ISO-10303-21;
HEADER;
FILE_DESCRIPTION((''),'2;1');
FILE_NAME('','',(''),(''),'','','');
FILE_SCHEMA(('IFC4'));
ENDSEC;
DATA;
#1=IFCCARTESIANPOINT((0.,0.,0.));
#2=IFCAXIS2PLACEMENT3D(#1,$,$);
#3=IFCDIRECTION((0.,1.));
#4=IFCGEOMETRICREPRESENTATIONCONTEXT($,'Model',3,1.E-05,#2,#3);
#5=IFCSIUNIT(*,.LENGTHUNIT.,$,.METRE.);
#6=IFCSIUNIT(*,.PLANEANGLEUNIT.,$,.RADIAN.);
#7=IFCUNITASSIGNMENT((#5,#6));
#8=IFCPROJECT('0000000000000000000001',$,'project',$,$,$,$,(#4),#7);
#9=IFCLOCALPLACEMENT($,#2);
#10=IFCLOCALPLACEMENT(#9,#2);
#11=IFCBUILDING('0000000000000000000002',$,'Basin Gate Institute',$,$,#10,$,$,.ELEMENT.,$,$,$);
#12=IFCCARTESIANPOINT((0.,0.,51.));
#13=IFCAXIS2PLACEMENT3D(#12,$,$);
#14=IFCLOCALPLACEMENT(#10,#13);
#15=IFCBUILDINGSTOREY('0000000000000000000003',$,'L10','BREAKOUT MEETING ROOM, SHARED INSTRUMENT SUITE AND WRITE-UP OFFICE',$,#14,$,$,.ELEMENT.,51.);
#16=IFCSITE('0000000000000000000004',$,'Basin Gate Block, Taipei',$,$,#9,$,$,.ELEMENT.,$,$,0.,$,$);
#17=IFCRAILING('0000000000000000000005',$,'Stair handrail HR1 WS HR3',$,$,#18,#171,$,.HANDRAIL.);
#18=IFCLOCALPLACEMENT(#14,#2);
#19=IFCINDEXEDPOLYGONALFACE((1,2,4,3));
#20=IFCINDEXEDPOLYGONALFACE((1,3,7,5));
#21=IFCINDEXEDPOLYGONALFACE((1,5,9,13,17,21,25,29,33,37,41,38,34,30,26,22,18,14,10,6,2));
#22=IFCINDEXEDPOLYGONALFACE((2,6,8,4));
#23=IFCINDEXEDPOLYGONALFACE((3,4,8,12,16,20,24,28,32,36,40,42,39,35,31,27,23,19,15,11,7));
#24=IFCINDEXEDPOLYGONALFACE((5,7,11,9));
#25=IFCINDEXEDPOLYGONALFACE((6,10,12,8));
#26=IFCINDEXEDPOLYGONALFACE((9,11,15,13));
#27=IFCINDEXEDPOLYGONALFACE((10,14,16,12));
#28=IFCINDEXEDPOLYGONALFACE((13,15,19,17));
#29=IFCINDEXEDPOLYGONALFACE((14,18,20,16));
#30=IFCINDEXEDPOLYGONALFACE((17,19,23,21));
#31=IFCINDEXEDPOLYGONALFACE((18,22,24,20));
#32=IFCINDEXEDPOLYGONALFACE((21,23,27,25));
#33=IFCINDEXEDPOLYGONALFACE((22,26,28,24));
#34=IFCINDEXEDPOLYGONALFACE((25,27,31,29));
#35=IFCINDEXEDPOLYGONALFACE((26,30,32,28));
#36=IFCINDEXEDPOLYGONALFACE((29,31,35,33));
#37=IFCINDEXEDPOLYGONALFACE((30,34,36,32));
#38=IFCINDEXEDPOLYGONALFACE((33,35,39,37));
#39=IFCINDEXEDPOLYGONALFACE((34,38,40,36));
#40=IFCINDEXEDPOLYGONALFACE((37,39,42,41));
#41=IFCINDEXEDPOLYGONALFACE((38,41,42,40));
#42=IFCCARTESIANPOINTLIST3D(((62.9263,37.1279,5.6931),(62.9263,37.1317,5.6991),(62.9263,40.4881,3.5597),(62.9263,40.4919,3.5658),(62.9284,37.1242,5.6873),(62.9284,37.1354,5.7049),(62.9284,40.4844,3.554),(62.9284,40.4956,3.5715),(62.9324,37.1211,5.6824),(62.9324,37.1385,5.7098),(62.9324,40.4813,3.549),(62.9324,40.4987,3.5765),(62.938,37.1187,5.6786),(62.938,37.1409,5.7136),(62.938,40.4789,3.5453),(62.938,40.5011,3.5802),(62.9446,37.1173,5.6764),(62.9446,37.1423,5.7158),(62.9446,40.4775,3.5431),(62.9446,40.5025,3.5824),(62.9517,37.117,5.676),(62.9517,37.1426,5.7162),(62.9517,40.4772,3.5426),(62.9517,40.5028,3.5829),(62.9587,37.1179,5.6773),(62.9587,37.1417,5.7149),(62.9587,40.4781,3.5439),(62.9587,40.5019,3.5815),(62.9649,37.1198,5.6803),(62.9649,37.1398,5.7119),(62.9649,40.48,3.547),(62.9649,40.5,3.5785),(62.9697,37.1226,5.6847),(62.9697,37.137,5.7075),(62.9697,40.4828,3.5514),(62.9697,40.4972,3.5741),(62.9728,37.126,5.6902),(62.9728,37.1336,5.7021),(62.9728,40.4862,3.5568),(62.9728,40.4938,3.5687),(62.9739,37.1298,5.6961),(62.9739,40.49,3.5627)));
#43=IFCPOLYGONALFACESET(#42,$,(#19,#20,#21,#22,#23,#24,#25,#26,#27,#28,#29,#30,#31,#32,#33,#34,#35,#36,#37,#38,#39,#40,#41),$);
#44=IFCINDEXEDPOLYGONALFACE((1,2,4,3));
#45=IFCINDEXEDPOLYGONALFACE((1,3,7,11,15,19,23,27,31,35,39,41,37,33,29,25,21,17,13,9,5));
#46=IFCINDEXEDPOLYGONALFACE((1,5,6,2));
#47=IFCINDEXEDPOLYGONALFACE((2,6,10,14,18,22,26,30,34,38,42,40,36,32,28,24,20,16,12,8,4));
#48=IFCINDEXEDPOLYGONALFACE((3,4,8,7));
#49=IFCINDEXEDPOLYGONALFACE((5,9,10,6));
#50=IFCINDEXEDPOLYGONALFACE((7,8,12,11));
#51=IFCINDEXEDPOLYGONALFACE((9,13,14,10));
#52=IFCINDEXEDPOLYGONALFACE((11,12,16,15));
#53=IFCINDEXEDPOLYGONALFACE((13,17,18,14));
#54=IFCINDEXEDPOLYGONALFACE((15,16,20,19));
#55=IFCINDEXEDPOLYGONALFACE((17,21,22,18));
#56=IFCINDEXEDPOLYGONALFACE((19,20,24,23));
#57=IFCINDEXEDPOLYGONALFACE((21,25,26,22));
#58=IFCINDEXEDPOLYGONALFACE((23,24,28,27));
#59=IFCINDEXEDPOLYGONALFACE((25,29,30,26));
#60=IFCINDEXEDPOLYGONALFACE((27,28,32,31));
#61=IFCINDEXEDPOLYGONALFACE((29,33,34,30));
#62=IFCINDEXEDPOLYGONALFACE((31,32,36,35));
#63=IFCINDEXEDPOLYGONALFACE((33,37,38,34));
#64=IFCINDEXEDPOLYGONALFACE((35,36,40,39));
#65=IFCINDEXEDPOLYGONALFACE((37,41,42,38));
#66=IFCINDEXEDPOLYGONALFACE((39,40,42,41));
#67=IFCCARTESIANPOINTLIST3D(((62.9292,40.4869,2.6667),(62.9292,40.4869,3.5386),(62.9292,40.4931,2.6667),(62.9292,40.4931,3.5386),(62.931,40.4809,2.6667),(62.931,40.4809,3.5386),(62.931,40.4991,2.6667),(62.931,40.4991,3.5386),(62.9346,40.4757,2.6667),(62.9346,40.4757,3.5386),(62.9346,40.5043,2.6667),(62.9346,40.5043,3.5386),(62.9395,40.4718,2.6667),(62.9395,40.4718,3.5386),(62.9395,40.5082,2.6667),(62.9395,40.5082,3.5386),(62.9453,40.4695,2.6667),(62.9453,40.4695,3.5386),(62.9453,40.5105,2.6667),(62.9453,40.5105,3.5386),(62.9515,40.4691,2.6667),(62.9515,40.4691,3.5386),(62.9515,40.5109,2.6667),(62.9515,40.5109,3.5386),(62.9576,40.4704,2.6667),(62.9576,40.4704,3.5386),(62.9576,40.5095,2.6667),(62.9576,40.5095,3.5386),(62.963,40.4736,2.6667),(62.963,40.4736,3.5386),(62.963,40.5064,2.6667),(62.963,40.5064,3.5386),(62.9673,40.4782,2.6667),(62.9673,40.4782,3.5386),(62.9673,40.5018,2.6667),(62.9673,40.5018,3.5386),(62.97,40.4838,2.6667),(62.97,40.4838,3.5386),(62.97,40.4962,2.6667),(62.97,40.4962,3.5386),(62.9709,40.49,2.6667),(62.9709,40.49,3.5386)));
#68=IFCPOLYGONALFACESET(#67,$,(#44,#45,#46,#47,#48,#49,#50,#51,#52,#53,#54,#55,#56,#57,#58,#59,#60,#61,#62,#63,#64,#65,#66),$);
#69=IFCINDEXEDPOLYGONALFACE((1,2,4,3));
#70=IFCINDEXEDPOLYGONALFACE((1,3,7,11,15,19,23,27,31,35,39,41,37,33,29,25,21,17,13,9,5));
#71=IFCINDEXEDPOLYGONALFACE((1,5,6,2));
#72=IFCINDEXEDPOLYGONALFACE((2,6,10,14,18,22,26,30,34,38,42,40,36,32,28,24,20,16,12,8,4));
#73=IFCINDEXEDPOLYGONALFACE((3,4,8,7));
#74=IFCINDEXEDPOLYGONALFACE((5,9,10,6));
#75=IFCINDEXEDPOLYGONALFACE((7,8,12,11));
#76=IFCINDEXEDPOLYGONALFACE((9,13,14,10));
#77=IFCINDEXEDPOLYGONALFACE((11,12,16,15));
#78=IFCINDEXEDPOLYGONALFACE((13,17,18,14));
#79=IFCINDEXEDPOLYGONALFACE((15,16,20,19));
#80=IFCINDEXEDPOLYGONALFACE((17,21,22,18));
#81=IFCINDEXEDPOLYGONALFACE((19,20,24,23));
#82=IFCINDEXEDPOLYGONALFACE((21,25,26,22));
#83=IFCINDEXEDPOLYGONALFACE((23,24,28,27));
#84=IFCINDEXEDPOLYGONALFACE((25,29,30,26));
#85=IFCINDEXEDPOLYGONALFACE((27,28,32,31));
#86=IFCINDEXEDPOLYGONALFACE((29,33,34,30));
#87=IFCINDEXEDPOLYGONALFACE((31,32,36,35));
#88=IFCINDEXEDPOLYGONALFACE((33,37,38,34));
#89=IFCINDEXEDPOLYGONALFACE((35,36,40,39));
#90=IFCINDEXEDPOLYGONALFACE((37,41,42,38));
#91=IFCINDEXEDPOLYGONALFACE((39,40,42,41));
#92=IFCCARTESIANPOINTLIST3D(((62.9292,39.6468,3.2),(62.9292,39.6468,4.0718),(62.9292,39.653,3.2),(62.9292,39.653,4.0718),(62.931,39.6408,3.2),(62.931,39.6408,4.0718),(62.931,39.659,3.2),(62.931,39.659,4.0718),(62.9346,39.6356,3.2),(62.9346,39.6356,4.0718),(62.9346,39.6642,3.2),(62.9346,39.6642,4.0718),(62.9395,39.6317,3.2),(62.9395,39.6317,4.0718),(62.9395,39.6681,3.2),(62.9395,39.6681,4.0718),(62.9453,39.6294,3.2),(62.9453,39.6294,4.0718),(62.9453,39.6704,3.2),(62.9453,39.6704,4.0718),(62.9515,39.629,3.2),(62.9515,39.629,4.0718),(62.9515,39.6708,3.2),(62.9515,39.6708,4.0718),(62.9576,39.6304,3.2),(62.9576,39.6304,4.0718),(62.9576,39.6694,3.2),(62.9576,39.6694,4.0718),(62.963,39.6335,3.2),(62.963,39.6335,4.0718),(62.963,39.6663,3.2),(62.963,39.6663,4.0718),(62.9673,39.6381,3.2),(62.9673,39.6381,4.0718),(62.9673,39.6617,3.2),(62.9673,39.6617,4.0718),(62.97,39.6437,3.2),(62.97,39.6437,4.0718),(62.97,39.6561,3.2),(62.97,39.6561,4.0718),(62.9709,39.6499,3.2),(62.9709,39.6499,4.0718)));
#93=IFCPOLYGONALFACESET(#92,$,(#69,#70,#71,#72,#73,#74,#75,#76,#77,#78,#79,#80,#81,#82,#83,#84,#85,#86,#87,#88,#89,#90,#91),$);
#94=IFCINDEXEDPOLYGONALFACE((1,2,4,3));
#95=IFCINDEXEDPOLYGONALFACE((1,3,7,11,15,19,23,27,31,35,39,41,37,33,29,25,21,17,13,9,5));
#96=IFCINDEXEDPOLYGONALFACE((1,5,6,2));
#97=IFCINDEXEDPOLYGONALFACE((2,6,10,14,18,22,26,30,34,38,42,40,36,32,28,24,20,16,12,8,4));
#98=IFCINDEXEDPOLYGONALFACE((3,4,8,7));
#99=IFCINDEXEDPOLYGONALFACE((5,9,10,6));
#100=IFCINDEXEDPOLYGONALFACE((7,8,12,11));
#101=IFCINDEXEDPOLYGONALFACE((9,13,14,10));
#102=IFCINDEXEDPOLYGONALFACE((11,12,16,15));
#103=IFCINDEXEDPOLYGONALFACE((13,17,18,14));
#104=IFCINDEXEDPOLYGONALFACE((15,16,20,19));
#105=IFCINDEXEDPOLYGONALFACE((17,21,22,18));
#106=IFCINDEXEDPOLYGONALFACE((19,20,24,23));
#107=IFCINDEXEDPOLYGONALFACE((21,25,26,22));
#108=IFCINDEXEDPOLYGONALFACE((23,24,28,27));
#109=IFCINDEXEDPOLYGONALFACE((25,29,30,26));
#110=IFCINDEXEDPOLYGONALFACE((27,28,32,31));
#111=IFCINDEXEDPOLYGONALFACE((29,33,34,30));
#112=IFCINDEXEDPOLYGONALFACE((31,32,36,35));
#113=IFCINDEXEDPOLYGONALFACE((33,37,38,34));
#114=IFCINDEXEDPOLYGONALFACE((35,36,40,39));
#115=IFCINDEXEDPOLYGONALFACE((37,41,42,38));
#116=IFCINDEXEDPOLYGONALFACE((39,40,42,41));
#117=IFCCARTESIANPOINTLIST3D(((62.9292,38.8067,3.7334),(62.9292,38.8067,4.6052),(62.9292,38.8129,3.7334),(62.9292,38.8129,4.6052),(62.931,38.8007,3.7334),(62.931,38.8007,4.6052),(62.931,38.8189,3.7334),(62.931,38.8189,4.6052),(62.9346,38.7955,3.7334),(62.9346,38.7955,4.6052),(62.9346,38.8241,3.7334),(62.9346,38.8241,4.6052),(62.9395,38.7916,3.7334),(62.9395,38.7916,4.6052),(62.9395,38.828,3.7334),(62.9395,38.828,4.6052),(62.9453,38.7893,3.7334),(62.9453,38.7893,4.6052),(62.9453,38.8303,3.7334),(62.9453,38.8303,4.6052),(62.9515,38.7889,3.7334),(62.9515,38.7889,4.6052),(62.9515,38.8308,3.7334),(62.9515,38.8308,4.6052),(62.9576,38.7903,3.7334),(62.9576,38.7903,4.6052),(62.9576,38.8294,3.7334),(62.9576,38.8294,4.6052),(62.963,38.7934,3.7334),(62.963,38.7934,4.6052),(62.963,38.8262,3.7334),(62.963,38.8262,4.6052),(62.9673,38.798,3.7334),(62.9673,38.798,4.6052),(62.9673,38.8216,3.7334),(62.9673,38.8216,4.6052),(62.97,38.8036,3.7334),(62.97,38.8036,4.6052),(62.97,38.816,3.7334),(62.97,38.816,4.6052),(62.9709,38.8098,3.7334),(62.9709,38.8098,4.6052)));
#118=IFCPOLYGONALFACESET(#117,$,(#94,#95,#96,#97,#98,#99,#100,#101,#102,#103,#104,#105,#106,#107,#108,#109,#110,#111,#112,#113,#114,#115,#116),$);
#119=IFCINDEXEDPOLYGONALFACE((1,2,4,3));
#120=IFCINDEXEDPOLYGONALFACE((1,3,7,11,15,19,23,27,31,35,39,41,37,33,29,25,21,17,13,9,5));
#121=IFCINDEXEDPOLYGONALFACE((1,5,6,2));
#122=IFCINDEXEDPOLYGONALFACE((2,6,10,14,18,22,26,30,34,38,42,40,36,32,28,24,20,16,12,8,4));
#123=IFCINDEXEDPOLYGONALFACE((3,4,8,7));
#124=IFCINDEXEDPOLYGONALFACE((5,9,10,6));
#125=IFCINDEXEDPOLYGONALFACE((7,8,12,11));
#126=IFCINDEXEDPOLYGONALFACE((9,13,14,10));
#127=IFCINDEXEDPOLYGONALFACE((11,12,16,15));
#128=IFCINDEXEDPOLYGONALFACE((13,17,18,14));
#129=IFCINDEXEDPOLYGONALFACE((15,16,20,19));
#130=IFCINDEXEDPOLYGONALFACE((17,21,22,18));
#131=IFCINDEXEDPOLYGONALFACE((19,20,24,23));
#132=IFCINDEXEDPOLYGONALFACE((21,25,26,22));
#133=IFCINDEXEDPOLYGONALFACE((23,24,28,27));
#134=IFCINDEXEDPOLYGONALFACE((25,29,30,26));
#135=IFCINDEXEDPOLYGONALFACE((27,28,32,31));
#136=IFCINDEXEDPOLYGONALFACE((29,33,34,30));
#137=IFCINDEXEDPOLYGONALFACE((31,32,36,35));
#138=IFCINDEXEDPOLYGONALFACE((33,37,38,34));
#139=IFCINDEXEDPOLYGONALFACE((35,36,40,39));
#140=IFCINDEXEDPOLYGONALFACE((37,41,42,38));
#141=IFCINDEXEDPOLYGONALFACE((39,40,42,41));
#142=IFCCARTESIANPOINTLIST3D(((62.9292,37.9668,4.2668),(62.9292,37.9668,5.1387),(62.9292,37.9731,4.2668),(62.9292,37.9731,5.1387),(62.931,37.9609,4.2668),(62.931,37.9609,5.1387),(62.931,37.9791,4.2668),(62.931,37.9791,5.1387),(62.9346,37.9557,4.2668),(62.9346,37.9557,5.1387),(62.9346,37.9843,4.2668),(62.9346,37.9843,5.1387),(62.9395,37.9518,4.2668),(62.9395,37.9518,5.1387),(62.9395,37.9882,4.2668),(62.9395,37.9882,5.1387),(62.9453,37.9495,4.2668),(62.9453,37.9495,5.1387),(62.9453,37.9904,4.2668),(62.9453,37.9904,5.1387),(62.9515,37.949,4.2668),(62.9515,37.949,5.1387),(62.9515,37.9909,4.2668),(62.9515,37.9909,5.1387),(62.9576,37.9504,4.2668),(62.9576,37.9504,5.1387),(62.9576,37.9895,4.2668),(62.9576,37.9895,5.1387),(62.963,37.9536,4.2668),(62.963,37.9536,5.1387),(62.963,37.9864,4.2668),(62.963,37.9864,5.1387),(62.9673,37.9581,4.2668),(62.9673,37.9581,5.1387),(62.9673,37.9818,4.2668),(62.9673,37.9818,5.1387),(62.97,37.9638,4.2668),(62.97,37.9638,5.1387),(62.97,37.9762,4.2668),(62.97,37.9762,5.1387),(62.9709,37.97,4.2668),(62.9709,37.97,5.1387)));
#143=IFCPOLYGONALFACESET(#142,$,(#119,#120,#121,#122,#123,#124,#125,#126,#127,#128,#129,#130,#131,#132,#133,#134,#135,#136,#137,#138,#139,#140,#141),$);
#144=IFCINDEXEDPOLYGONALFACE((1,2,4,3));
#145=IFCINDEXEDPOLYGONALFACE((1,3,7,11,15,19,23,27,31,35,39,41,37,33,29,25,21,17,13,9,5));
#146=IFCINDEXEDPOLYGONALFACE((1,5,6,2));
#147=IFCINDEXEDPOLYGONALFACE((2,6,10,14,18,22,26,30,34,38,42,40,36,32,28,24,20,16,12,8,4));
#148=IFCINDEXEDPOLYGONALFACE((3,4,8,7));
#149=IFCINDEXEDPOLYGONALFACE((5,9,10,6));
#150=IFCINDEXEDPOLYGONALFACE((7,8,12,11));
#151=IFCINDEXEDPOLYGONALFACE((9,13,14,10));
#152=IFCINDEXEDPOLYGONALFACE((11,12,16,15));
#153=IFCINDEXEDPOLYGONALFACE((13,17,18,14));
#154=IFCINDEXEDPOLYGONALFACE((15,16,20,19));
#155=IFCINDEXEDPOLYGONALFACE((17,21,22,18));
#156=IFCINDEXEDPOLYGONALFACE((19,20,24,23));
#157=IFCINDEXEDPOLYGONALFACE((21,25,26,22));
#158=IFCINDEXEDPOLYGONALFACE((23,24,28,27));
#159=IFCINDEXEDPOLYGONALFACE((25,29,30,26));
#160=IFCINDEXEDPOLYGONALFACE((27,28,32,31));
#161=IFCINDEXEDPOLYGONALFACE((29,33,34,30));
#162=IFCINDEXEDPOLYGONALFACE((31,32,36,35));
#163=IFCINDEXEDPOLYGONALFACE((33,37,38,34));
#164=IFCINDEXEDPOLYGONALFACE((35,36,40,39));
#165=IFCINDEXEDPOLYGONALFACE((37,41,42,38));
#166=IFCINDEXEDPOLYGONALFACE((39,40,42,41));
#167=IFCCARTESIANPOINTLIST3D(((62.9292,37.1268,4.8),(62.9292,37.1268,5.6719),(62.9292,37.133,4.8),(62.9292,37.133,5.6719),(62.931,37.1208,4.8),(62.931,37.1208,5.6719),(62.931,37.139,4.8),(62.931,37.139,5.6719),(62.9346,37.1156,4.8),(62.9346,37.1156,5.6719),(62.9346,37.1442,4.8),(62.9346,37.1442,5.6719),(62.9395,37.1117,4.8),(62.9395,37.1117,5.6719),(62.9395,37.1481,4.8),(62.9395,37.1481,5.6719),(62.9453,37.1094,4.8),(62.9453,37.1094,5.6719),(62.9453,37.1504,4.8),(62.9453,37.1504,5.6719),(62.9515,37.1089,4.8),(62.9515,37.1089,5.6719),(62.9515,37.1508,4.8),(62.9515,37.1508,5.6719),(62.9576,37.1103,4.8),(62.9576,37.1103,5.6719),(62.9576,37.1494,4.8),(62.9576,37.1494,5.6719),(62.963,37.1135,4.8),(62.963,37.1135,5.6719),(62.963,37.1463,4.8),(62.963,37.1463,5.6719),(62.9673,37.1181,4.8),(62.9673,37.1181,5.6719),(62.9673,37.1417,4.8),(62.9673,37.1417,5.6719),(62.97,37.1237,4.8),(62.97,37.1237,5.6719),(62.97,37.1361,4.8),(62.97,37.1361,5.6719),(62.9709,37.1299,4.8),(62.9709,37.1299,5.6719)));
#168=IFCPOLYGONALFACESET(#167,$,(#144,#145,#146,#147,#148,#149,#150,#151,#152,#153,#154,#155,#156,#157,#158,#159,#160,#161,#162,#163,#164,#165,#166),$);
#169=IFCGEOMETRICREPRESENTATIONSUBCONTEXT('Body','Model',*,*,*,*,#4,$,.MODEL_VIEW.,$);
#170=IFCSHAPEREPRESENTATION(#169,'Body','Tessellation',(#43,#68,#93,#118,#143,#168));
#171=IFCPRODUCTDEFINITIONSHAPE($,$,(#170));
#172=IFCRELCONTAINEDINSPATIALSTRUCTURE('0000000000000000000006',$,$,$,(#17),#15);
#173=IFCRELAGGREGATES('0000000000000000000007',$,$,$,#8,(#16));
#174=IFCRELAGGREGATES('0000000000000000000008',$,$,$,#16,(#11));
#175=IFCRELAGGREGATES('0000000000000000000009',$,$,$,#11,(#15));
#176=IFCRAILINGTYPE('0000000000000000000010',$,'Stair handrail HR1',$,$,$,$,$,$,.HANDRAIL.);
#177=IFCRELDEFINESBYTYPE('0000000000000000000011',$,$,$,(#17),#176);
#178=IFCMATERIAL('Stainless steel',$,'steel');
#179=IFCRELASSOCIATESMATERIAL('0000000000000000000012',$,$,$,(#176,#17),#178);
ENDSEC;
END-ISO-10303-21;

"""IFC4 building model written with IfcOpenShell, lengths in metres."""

from ifc_helpers import new_model, si_unit, direction, frame, origin, origin_2d, place, context, subcontext, project, spatial, circle, extrude, material, type_object, element, save


model = new_model("IFC4")

# Units and contexts
model_context = context("Model", 3, precision=1e-05, world=origin(), true_north=direction((0.0, 1.0)))
body_context = subcontext(model_context, "Body", "Model", "MODEL_VIEW")
ifc_project = project(units=[si_unit("LENGTHUNIT", "METRE"), si_unit("PLANEANGLEUNIT", "RADIAN")], contexts=[model_context])

# Site, building, storey
site_placement = place(None, origin())
site = spatial("IfcSite", under=ifc_project, at=site_placement, Name="Basin Gate Block, Taipei", CompositionType="ELEMENT", RefElevation=0.0)
building_placement = place(site_placement, origin())
building = spatial("IfcBuilding", under=site, at=building_placement, Name="Basin Gate Institute", CompositionType="ELEMENT")
storey_placement = place(building_placement, frame((0.0, 0.0, 51.0)))
storey = spatial("IfcBuildingStorey", under=building, at=storey_placement, Name="L10", Description="BREAKOUT MEETING ROOM, SHARED INSTRUMENT SUITE AND WRITE-UP OFFICE", CompositionType="ELEMENT", Elevation=51.0)

# Railing
ifc_material_1 = material(Name="Stainless steel", Category="steel")
railing_type_1 = type_object("IfcRailingType", Name="Stair handrail HR1", PredefinedType="HANDRAIL", material=ifc_material_1)
railing_1_placement = place(storey_placement, frame((62.95, 40.49, 2.6667)))
element("IfcRailing", 1, at=railing_1_placement, inside=storey, type_object=railing_type_1, material=ifc_material_1, Name="Stair handrail HR1 WS HR3", PredefinedType="HANDRAIL", context=body_context, shape_type="SweptSolid", body=[
    extrude(circle(Radius=0.0239, at=origin_2d()), frame((0.0, 0.0, 0.896), z_axis=(0.0, -0.844224, 0.53599), x_axis=(1.0, 0.0, 0.0)), (0.0, 0.0, 1.0), 3.9802),
    extrude(circle(Radius=0.021, at=origin_2d()), origin(), (0.0, 0.0, 1.0), 0.8718),
    extrude(circle(Radius=0.021, at=origin_2d()), frame((0.0, -0.8401, 0.5332)), (0.0, 0.0, 1.0), 0.8718),
    extrude(circle(Radius=0.021, at=origin_2d()), frame((0.0, -1.6802, 1.0667)), (0.0, 0.0, 1.0), 0.8718),
    extrude(circle(Radius=0.021, at=origin_2d()), frame((0.0, -2.52, 1.6001)), (0.0, 0.0, 1.0), 0.8718),
    extrude(circle(Radius=0.021, at=origin_2d()), frame((0.0, -3.3601, 2.1333)), (0.0, 0.0, 1.0), 0.8718),
])

save(model, "model.ifc")
